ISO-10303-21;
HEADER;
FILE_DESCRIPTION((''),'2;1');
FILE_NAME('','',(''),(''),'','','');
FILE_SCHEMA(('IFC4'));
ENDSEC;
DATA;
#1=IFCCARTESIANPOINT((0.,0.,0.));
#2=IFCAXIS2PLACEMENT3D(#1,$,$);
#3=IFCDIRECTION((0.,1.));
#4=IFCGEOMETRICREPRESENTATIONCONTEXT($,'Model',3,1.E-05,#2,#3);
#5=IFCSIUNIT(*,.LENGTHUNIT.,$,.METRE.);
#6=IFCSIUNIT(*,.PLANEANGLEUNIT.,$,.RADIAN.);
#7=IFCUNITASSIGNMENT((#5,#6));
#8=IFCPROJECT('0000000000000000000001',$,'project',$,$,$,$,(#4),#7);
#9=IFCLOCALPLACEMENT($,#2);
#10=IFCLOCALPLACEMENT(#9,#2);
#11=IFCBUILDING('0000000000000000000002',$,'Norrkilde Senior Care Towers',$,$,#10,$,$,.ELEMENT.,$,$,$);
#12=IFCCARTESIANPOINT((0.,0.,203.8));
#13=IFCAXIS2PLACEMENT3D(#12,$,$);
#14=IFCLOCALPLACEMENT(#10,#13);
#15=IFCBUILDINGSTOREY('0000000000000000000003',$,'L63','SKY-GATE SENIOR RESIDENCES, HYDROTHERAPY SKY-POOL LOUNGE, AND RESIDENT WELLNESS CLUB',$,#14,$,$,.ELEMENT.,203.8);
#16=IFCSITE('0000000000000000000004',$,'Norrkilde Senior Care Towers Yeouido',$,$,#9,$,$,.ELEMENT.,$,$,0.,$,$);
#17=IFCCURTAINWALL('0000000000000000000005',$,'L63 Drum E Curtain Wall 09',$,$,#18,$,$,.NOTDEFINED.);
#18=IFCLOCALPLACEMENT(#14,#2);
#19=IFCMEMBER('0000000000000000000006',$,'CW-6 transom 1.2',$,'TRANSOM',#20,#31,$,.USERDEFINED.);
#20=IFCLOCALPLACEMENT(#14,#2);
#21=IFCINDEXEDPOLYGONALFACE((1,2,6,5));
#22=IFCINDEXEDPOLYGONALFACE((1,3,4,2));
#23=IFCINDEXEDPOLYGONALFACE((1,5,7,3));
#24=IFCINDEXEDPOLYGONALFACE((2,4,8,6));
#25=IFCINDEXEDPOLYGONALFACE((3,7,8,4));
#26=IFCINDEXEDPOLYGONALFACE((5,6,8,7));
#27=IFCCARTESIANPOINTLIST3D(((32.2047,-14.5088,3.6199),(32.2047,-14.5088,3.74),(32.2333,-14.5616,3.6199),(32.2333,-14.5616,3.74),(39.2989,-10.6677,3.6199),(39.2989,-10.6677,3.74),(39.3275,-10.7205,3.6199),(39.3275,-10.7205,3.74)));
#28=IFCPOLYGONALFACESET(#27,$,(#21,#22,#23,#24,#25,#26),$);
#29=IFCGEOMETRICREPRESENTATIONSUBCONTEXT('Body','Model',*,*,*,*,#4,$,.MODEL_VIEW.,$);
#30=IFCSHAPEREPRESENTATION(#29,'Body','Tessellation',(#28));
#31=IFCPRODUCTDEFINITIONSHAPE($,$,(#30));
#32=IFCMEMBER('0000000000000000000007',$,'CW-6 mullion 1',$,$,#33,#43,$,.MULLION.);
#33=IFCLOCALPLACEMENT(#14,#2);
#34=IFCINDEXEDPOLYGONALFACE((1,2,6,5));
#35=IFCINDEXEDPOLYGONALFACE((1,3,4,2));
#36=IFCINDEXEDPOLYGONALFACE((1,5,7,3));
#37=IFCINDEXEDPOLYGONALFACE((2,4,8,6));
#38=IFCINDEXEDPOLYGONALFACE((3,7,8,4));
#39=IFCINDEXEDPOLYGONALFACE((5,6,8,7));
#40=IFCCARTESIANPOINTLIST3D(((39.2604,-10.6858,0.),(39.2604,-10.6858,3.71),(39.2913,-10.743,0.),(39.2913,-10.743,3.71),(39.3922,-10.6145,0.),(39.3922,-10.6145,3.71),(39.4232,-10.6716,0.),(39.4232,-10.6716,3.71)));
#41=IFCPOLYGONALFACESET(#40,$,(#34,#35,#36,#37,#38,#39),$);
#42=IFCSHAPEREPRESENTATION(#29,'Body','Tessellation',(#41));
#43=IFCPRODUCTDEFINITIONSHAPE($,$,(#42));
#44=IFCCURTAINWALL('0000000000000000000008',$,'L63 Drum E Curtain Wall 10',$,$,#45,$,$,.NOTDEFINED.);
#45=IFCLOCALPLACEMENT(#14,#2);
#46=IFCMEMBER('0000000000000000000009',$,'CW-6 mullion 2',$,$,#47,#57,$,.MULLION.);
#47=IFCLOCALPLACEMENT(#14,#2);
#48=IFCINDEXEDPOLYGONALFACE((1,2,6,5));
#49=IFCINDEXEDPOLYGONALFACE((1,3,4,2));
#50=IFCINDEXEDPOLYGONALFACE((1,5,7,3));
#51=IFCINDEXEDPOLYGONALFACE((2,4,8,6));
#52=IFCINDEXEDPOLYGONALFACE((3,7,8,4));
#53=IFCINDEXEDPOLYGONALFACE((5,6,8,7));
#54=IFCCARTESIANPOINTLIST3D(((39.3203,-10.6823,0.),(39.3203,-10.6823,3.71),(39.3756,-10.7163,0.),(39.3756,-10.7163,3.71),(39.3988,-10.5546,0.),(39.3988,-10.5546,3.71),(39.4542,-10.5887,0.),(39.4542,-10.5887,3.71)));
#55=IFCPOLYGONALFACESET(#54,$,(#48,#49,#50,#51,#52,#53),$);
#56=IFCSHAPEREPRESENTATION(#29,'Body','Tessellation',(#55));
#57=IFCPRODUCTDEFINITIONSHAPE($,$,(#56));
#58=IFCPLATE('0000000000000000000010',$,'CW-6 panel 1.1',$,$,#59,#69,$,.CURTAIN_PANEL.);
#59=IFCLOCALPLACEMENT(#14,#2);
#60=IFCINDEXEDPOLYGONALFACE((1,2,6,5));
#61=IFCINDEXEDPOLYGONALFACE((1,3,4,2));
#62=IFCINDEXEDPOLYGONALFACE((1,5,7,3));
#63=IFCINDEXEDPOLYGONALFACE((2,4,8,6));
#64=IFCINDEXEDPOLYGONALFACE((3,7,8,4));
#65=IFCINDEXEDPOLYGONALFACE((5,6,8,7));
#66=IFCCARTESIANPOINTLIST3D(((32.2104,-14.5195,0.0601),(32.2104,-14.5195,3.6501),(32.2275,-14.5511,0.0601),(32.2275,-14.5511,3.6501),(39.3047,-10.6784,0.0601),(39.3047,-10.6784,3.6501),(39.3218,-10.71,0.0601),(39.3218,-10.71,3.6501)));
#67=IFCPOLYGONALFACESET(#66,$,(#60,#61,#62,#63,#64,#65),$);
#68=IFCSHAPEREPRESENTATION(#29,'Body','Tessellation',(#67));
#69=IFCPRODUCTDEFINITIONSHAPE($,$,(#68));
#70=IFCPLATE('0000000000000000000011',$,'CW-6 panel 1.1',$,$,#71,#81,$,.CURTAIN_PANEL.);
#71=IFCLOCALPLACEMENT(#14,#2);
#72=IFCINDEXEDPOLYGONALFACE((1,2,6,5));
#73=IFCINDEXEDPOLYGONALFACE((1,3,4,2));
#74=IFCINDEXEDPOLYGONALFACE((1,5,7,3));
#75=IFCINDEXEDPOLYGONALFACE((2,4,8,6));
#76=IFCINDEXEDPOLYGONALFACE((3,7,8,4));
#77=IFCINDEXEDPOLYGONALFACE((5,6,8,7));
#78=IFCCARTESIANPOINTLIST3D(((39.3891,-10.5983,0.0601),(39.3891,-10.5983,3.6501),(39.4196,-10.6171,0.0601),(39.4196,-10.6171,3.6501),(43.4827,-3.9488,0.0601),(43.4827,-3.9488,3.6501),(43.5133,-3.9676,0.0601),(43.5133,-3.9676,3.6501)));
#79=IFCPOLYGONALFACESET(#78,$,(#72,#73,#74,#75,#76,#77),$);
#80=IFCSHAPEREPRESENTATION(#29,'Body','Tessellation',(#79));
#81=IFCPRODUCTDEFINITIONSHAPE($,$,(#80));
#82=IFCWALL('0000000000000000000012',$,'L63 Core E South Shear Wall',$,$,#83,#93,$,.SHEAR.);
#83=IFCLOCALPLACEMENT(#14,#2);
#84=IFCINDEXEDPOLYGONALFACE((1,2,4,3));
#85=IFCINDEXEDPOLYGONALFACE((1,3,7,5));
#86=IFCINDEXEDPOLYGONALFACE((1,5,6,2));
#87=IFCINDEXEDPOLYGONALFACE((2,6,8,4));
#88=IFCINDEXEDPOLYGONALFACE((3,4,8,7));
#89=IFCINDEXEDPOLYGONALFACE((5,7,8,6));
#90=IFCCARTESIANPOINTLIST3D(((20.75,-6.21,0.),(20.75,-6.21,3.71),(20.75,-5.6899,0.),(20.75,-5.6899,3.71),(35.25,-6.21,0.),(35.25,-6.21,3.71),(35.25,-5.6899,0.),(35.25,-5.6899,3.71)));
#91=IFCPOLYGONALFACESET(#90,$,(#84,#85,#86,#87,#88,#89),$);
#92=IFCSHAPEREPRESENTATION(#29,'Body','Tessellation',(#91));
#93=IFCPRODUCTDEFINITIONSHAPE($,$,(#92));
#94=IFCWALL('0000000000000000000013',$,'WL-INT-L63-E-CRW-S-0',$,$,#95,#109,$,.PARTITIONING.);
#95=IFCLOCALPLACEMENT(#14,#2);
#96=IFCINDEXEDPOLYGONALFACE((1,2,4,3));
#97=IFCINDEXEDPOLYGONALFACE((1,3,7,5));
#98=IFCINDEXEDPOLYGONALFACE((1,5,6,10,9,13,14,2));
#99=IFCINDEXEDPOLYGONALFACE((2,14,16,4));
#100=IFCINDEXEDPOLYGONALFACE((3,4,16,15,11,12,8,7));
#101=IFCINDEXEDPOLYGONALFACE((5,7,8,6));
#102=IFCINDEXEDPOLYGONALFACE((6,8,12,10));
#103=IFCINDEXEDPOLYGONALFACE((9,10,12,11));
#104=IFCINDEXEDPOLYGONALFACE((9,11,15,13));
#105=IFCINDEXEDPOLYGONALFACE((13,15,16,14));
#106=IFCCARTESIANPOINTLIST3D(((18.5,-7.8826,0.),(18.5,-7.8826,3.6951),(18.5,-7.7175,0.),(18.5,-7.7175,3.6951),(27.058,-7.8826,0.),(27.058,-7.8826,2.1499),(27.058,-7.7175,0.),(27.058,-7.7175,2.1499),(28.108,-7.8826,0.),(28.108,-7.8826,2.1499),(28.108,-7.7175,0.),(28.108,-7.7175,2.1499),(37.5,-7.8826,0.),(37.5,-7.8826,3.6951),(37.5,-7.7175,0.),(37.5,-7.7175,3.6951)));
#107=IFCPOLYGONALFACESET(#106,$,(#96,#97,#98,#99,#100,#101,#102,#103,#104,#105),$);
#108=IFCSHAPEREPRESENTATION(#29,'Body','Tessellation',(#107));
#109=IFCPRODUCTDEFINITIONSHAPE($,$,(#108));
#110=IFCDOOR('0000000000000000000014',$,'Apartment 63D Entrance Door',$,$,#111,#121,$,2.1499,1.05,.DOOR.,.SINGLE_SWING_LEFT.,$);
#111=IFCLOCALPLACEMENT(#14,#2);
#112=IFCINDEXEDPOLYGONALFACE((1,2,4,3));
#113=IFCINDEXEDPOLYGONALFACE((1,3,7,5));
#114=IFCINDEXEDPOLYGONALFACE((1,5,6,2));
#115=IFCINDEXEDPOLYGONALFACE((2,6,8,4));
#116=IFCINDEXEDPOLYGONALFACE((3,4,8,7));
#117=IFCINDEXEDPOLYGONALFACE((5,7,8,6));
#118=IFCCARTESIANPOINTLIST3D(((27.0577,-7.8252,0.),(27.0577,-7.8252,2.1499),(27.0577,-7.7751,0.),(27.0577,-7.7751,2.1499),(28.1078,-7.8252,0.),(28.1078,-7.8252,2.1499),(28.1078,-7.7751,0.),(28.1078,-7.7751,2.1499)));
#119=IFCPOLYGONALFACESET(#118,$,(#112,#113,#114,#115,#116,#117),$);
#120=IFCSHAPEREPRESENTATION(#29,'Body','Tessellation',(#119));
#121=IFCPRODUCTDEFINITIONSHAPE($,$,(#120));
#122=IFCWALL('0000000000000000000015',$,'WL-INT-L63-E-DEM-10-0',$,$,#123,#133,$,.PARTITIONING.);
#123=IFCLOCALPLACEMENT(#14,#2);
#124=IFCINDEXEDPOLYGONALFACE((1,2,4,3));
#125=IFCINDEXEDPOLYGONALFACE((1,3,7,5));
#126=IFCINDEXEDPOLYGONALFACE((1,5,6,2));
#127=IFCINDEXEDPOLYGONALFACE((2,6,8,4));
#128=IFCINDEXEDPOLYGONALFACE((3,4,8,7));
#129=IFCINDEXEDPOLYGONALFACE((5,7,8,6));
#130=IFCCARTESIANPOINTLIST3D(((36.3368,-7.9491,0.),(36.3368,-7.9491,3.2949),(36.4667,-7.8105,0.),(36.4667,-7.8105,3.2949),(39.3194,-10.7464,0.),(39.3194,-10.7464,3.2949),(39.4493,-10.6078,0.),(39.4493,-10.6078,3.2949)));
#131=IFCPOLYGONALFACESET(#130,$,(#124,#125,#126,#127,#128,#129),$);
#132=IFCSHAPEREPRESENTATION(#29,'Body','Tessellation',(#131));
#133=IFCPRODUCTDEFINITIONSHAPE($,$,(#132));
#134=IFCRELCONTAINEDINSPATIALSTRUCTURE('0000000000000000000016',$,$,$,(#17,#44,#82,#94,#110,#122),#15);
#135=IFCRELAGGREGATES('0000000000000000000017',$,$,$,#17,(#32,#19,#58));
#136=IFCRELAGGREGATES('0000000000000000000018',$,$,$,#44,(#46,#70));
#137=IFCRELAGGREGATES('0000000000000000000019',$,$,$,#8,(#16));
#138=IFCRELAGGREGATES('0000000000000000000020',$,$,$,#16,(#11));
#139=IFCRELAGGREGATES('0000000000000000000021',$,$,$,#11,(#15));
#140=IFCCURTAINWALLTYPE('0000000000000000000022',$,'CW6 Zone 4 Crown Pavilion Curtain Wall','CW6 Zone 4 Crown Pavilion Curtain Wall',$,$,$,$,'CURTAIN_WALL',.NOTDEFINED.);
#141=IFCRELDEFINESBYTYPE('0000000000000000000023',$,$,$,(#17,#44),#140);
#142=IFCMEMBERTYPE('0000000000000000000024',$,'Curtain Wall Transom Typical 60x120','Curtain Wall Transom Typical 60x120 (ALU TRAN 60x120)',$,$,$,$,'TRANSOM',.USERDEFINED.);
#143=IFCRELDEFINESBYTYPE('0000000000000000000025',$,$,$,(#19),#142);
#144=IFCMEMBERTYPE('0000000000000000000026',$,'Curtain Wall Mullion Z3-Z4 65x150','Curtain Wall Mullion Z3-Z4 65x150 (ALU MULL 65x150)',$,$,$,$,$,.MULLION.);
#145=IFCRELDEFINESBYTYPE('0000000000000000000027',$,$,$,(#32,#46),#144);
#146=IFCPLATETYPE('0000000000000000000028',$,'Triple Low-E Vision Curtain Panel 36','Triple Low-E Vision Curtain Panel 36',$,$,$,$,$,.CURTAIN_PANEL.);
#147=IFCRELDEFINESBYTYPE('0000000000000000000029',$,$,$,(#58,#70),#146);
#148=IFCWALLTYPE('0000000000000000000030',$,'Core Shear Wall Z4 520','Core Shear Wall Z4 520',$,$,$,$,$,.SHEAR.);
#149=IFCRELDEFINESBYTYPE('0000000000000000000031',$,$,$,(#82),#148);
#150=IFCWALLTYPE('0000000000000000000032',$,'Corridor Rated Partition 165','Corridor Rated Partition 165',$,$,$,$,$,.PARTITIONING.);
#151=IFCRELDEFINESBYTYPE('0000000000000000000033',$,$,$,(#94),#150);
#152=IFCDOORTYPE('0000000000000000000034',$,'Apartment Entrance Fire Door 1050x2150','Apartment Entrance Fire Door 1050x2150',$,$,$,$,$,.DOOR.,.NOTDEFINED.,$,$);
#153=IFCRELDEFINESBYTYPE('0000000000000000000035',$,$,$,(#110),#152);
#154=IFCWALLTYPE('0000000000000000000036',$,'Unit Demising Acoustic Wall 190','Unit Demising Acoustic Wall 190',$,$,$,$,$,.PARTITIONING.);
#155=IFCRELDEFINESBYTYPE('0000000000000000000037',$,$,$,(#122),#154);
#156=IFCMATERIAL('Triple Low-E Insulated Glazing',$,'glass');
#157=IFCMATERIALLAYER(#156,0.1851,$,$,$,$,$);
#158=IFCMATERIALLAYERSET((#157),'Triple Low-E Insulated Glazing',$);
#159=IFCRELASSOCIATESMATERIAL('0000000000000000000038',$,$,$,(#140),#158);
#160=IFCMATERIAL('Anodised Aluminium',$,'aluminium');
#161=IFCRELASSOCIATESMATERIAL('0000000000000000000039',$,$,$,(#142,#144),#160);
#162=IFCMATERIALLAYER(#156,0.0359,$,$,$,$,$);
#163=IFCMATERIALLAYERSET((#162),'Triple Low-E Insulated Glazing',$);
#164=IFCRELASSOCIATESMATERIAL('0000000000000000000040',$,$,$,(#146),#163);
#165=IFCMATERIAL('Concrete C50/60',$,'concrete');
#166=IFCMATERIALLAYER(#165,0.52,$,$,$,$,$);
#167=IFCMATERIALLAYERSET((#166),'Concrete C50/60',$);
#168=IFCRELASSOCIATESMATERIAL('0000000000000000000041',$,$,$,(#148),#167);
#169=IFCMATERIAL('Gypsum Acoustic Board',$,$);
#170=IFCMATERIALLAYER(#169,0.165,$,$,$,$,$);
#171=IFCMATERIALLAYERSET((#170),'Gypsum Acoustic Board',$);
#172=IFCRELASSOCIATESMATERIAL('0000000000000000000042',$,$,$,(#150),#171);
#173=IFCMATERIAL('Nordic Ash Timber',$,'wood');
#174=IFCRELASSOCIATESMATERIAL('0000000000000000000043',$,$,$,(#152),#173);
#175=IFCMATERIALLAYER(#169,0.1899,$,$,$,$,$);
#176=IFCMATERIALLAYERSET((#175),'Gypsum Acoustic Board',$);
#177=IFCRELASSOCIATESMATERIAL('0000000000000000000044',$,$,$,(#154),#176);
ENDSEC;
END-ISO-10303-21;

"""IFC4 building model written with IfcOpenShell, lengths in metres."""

from ifc_helpers import new_model, si_unit, direction, frame, frame_2d, origin, origin_2d, place, context, subcontext, project, spatial, rectangle, extrude, source, transform, mapped, material, layer, layer_set, material_profile, profile_set, type_object, type_shapes, element, fill, aggregate, save


model = new_model("IFC4")

# Units and contexts
model_context = context("Model", 3, precision=1e-05, world=origin(), true_north=direction((0.0, 1.0)))
body_context = subcontext(model_context, "Body", "Model", "MODEL_VIEW")
ifc_project = project(units=[si_unit("LENGTHUNIT", "METRE"), si_unit("PLANEANGLEUNIT", "RADIAN")], contexts=[model_context])

# Site, building, storey
site_placement = place(None, origin())
site = spatial("IfcSite", under=ifc_project, at=site_placement, Name="Norrkilde Senior Care Towers Yeouido", CompositionType="ELEMENT", RefElevation=0.0)
building_placement = place(site_placement, origin())
building = spatial("IfcBuilding", under=site, at=building_placement, Name="Norrkilde Senior Care Towers", CompositionType="ELEMENT")
storey_placement = place(building_placement, frame((0.0, 0.0, 203.8)))
storey = spatial("IfcBuildingStorey", under=building, at=storey_placement, Name="L63", Description="SKY-GATE SENIOR RESIDENCES, HYDROTHERAPY SKY-POOL LOUNGE, AND RESIDENT WELLNESS CLUB", CompositionType="ELEMENT", Elevation=203.8)

# Shared definitions
ifc_material_1 = material(Name="Concrete C50/60", Category="concrete")

# Curtain wall, members
ifc_material_2 = material(Name="Triple Low-E Insulated Glazing", Category="glass")
ifc_layer_1 = layer(ifc_material_2, 0.1851)
ifc_layer_set_1 = layer_set([ifc_layer_1], Name="Triple Low-E Insulated Glazing")
curtain_wall_type = type_object("IfcCurtainWallType", Name="CW6 Zone 4 Crown Pavilion Curtain Wall", Description="CW6 Zone 4 Crown Pavilion Curtain Wall", ElementType="CURTAIN_WALL", PredefinedType="NOTDEFINED", material=ifc_layer_set_1)
curtain_wall_1_placement = place(storey_placement, origin())
curtain_wall_1 = element("IfcCurtainWall", 1, at=curtain_wall_1_placement, inside=storey, type_object=curtain_wall_type, Name="L63 Drum E Curtain Wall 09", PredefinedType="NOTDEFINED")
ifc_material_3 = material(Name="Anodised Aluminium", Category="aluminium")
ifc_material_profile_1 = material_profile(ifc_material_3, rectangle(XDim=0.0601, YDim=0.1201, at=origin_2d()), Name="ALU TRAN 60x120")
ifc_profile_set_1 = profile_set([ifc_material_profile_1], Name="Anodised Aluminium")
member_type_1 = type_object("IfcMemberType", Name="Curtain Wall Transom Typical 60x120", Description="Curtain Wall Transom Typical 60x120 (ALU TRAN 60x120)", ElementType="TRANSOM", PredefinedType="USERDEFINED", material=ifc_profile_set_1)
shared_shape_1 = source(origin(), body_context, "Body", "SweptSolid", [
    extrude(rectangle(XDim=0.0601, YDim=0.1201, at=origin_2d()), origin(), (0.0, 0.0, 1.0), 8.0674),
])
type_shapes(member_type_1, [shared_shape_1])
member_1_placement = place(storey_placement, frame((39.3132, -10.6941, 3.6799), z_axis=(-0.879378, -0.476125, 0.0), x_axis=(0.476125, -0.879378, 0.0)))
member_1 = element("IfcMember", 2, at=member_1_placement, type_object=member_type_1, Name="CW-6 transom 1.2", ObjectType="TRANSOM", PredefinedType="USERDEFINED", context=body_context, shape_type="MappedRepresentation", body=[
    mapped(shared_shape_1, transform((0.0, 0.0, 0.0), x_axis=(1.0, 0.0, 0.0), y_axis=(0.0, 1.0, 0.0), z_axis=(0.0, 0.0, 1.0), scale=1.0)),
])
ifc_material_profile_2 = material_profile(ifc_material_3, rectangle(XDim=0.0649, YDim=0.1499, at=origin_2d()), Name="ALU MULL 65x150")
ifc_profile_set_2 = profile_set([ifc_material_profile_2], Name="Anodised Aluminium")
member_type_2 = type_object("IfcMemberType", Name="Curtain Wall Mullion Z3-Z4 65x150", Description="Curtain Wall Mullion Z3-Z4 65x150 (ALU MULL 65x150)", PredefinedType="MULLION", material=ifc_profile_set_2)
shared_shape_2 = source(origin(), body_context, "Body", "SweptSolid", [
    extrude(rectangle(XDim=0.0649, YDim=0.1499, at=origin_2d()), origin(), (0.0, 0.0, 1.0), 3.71),
])
type_shapes(member_type_2, [shared_shape_2])
member_2_placement = place(storey_placement, frame((39.3418, -10.6787, 0.0), z_axis=(0.0, 0.0, 1.0), x_axis=(0.476133, -0.879373, 0.0)))
member_2 = element("IfcMember", 3, at=member_2_placement, type_object=member_type_2, Name="CW-6 mullion 1", PredefinedType="MULLION", context=body_context, shape_type="MappedRepresentation", body=[
    mapped(shared_shape_2, transform((0.0, 0.0, 0.0), x_axis=(1.0, 0.0, 0.0), y_axis=(0.0, 1.0, 0.0), z_axis=(0.0, 0.0, 1.0), scale=1.0)),
])

# Curtain wall, member
curtain_wall_2_placement = place(storey_placement, origin())
curtain_wall_2 = element("IfcCurtainWall", 4, at=curtain_wall_2_placement, inside=storey, type_object=curtain_wall_type, Name="L63 Drum E Curtain Wall 10", PredefinedType="NOTDEFINED")
member_3_placement = place(storey_placement, frame((39.3872, -10.6355, 0.0), z_axis=(0.0, 0.0, 1.0), x_axis=(0.851563, -0.524253, 0.0)))
member_3 = element("IfcMember", 5, at=member_3_placement, type_object=member_type_2, Name="CW-6 mullion 2", PredefinedType="MULLION", context=body_context, shape_type="MappedRepresentation", body=[
    mapped(shared_shape_2, transform((0.0, 0.0, 0.0), x_axis=(1.0, 0.0, 0.0), y_axis=(0.0, 1.0, 0.0), z_axis=(0.0, 0.0, 1.0), scale=1.0)),
])

# Plates
ifc_layer_2 = layer(ifc_material_2, 0.0359)
ifc_layer_set_2 = layer_set([ifc_layer_2], Name="Triple Low-E Insulated Glazing")
plate_type = type_object("IfcPlateType", Name="Triple Low-E Vision Curtain Panel 36", Description="Triple Low-E Vision Curtain Panel 36", PredefinedType="CURTAIN_PANEL", material=ifc_layer_set_2)
shared_shape_3 = source(origin(), body_context, "Body", "SweptSolid", [
    extrude(rectangle(XDim=8.0674, YDim=0.0359, at=origin_2d()), origin(), (0.0, 0.0, 1.0), 3.5901),
])
plate_1_placement = place(storey_placement, frame((35.7661, -12.6147, 0.0601), z_axis=(0.0, 0.0, 1.0), x_axis=(-0.879373, -0.476133, 0.0)))
plate_1 = element("IfcPlate", 6, at=plate_1_placement, type_object=plate_type, Name="CW-6 panel 1.1", PredefinedType="CURTAIN_PANEL", context=body_context, shape_type="MappedRepresentation", body=[
    mapped(shared_shape_3, transform((0.0, 0.0, 0.0), x_axis=(1.0, 0.0, 0.0), y_axis=(0.0, 1.0, 0.0), z_axis=(0.0, 0.0, 1.0), scale=1.0)),
])
aggregate(curtain_wall_1, [member_2, member_1, plate_1])
shared_shape_4 = source(origin(), body_context, "Body", "SweptSolid", [
    extrude(rectangle(XDim=7.8086, YDim=0.0359, at=origin_2d()), origin(), (0.0, 0.0, 1.0), 3.5901),
])
type_shapes(plate_type, [shared_shape_3, shared_shape_4])
plate_2_placement = place(storey_placement, frame((41.4512, -7.283, 0.0601), z_axis=(0.0, 0.0, 1.0), x_axis=(-0.524253, -0.851563, 0.0)))
plate_2 = element("IfcPlate", 7, at=plate_2_placement, type_object=plate_type, Name="CW-6 panel 1.1", PredefinedType="CURTAIN_PANEL", context=body_context, shape_type="MappedRepresentation", body=[
    mapped(shared_shape_4, transform((0.0, 0.0, 0.0), x_axis=(1.0, 0.0, 0.0), y_axis=(0.0, 1.0, 0.0), z_axis=(0.0, 0.0, 1.0), scale=1.0)),
])
aggregate(curtain_wall_2, [member_3, plate_2])

# Wall
ifc_layer_3 = layer(ifc_material_1, 0.52)
ifc_layer_set_3 = layer_set([ifc_layer_3], Name="Concrete C50/60")
wall_type_1 = type_object("IfcWallType", Name="Core Shear Wall Z4 520", Description="Core Shear Wall Z4 520", PredefinedType="SHEAR", material=ifc_layer_set_3)
shared_shape_5 = source(origin(), body_context, "Body", "SweptSolid", [
    extrude(rectangle(XDim=14.5, YDim=0.52, at=frame_2d((7.25, 0.0))), origin(), (0.0, 0.0, 1.0), 3.71),
])
type_shapes(wall_type_1, [shared_shape_5])
wall_1_placement = place(storey_placement, frame((35.25, -5.95, 0.0), z_axis=(0.0, 0.0, 1.0), x_axis=(-1.0, 0.0, 0.0)))
element("IfcWall", 8, at=wall_1_placement, inside=storey, type_object=wall_type_1, Name="L63 Core E South Shear Wall", PredefinedType="SHEAR", context=body_context, shape_type="MappedRepresentation", body=[
    mapped(shared_shape_5, transform((0.0, 0.0, 0.0), x_axis=(1.0, 0.0, 0.0), y_axis=(0.0, 1.0, 0.0), z_axis=(0.0, 0.0, 1.0), scale=1.0)),
])

# Wall, opening, door
ifc_material_4 = material(Name="Gypsum Acoustic Board")
ifc_layer_4 = layer(ifc_material_4, 0.165)
ifc_layer_set_4 = layer_set([ifc_layer_4], Name="Gypsum Acoustic Board")
wall_type_2 = type_object("IfcWallType", Name="Corridor Rated Partition 165", Description="Corridor Rated Partition 165", PredefinedType="PARTITIONING", material=ifc_layer_set_4)
shared_shape_6 = source(origin(), body_context, "Body", "SweptSolid", [
    extrude(rectangle(XDim=19.0, YDim=0.165, at=frame_2d((9.5, 0.0))), origin(), (0.0, 0.0, 1.0), 3.6951),
])
type_shapes(wall_type_2, [shared_shape_6])
wall_2_placement = place(storey_placement, frame((37.5, -7.8, 0.0), z_axis=(0.0, 0.0, 1.0), x_axis=(-1.0, 0.0, 0.0)))
wall_2 = element("IfcWall", 9, at=wall_2_placement, inside=storey, type_object=wall_type_2, Name="WL-INT-L63-E-CRW-S-0", PredefinedType="PARTITIONING", context=body_context, shape_type="MappedRepresentation", body=[
    mapped(shared_shape_6, transform((0.0, 0.0, 0.0), x_axis=(1.0, 0.0, 0.0), y_axis=(0.0, 1.0, 0.0), z_axis=(0.0, 0.0, 1.0), scale=1.0)),
])
opening_placement = place(wall_2_placement, frame((9.3921, 0.0, 0.0)))
opening = element("IfcOpeningElement", 10, at=opening_placement, cuts=wall_2, PredefinedType="OPENING", context=body_context, shape_type="SweptSolid", body=[
    extrude(rectangle(XDim=1.05, YDim=2.1499, at=frame_2d((0.5249, 1.075))), frame((0.0, 0.0925, 0.0), z_axis=(0.0, -1.0, 0.0), x_axis=(1.0, 0.0, 0.0)), (0.0, 0.0, 1.0), 0.1851),
])
ifc_material_5 = material(Name="Nordic Ash Timber", Category="wood")
door_type = type_object("IfcDoorType", Name="Apartment Entrance Fire Door 1050x2150", Description="Apartment Entrance Fire Door 1050x2150", OperationType="NOTDEFINED", PredefinedType="DOOR", material=ifc_material_5)
shared_shape_7 = source(origin(), body_context, "Body", "SweptSolid", [
    extrude(rectangle(XDim=1.05, YDim=2.1499, at=frame_2d((0.5249, 1.075))), frame((0.0, 0.0249, 0.0), z_axis=(0.0, -1.0, 0.0), x_axis=(1.0, 0.0, 0.0)), (0.0, 0.0, 1.0), 0.05),
])
type_shapes(door_type, [shared_shape_7])
door_placement = place(opening_placement, frame((1.05, 0.0, 0.0), z_axis=(0.0, 0.0, 1.0), x_axis=(-1.0, 0.0, 0.0)))
door = element("IfcDoor", 11, at=door_placement, inside=storey, type_object=door_type, Name="Apartment 63D Entrance Door", OperationType="SINGLE_SWING_LEFT", OverallHeight=2.1499, OverallWidth=1.05, PredefinedType="DOOR", context=body_context, shape_type="MappedRepresentation", body=[
    mapped(shared_shape_7, transform((0.0, 0.0, 0.0), x_axis=(1.0, 0.0, 0.0), y_axis=(0.0, 1.0, 0.0), z_axis=(0.0, 0.0, 1.0), scale=1.0)),
])
fill(opening, door)

# Wall
ifc_layer_5 = layer(ifc_material_4, 0.1899)
ifc_layer_set_5 = layer_set([ifc_layer_5], Name="Gypsum Acoustic Board")
wall_type_3 = type_object("IfcWallType", Name="Unit Demising Acoustic Wall 190", Description="Unit Demising Acoustic Wall 190", PredefinedType="PARTITIONING", material=ifc_layer_set_5)
shared_shape_8 = source(origin(), body_context, "Body", "SweptSolid", [
    extrude(rectangle(XDim=4.0891, YDim=0.1899, at=frame_2d((2.0444, 0.0))), origin(), (0.0, 0.0, 1.0), 3.2949),
])
type_shapes(wall_type_3, [shared_shape_8])
wall_3_placement = place(storey_placement, frame((36.4019, -7.8799, 0.0), z_axis=(0.0, 0.0, 1.0), x_axis=(0.729401, -0.684086, 0.0)))
element("IfcWall", 12, at=wall_3_placement, inside=storey, type_object=wall_type_3, Name="WL-INT-L63-E-DEM-10-0", PredefinedType="PARTITIONING", context=body_context, shape_type="MappedRepresentation", body=[
    mapped(shared_shape_8, transform((0.0, 0.0, 0.0), x_axis=(1.0, 0.0, 0.0), y_axis=(0.0, 1.0, 0.0), z_axis=(0.0, 0.0, 1.0), scale=1.0)),
])

save(model, "model.ifc")
